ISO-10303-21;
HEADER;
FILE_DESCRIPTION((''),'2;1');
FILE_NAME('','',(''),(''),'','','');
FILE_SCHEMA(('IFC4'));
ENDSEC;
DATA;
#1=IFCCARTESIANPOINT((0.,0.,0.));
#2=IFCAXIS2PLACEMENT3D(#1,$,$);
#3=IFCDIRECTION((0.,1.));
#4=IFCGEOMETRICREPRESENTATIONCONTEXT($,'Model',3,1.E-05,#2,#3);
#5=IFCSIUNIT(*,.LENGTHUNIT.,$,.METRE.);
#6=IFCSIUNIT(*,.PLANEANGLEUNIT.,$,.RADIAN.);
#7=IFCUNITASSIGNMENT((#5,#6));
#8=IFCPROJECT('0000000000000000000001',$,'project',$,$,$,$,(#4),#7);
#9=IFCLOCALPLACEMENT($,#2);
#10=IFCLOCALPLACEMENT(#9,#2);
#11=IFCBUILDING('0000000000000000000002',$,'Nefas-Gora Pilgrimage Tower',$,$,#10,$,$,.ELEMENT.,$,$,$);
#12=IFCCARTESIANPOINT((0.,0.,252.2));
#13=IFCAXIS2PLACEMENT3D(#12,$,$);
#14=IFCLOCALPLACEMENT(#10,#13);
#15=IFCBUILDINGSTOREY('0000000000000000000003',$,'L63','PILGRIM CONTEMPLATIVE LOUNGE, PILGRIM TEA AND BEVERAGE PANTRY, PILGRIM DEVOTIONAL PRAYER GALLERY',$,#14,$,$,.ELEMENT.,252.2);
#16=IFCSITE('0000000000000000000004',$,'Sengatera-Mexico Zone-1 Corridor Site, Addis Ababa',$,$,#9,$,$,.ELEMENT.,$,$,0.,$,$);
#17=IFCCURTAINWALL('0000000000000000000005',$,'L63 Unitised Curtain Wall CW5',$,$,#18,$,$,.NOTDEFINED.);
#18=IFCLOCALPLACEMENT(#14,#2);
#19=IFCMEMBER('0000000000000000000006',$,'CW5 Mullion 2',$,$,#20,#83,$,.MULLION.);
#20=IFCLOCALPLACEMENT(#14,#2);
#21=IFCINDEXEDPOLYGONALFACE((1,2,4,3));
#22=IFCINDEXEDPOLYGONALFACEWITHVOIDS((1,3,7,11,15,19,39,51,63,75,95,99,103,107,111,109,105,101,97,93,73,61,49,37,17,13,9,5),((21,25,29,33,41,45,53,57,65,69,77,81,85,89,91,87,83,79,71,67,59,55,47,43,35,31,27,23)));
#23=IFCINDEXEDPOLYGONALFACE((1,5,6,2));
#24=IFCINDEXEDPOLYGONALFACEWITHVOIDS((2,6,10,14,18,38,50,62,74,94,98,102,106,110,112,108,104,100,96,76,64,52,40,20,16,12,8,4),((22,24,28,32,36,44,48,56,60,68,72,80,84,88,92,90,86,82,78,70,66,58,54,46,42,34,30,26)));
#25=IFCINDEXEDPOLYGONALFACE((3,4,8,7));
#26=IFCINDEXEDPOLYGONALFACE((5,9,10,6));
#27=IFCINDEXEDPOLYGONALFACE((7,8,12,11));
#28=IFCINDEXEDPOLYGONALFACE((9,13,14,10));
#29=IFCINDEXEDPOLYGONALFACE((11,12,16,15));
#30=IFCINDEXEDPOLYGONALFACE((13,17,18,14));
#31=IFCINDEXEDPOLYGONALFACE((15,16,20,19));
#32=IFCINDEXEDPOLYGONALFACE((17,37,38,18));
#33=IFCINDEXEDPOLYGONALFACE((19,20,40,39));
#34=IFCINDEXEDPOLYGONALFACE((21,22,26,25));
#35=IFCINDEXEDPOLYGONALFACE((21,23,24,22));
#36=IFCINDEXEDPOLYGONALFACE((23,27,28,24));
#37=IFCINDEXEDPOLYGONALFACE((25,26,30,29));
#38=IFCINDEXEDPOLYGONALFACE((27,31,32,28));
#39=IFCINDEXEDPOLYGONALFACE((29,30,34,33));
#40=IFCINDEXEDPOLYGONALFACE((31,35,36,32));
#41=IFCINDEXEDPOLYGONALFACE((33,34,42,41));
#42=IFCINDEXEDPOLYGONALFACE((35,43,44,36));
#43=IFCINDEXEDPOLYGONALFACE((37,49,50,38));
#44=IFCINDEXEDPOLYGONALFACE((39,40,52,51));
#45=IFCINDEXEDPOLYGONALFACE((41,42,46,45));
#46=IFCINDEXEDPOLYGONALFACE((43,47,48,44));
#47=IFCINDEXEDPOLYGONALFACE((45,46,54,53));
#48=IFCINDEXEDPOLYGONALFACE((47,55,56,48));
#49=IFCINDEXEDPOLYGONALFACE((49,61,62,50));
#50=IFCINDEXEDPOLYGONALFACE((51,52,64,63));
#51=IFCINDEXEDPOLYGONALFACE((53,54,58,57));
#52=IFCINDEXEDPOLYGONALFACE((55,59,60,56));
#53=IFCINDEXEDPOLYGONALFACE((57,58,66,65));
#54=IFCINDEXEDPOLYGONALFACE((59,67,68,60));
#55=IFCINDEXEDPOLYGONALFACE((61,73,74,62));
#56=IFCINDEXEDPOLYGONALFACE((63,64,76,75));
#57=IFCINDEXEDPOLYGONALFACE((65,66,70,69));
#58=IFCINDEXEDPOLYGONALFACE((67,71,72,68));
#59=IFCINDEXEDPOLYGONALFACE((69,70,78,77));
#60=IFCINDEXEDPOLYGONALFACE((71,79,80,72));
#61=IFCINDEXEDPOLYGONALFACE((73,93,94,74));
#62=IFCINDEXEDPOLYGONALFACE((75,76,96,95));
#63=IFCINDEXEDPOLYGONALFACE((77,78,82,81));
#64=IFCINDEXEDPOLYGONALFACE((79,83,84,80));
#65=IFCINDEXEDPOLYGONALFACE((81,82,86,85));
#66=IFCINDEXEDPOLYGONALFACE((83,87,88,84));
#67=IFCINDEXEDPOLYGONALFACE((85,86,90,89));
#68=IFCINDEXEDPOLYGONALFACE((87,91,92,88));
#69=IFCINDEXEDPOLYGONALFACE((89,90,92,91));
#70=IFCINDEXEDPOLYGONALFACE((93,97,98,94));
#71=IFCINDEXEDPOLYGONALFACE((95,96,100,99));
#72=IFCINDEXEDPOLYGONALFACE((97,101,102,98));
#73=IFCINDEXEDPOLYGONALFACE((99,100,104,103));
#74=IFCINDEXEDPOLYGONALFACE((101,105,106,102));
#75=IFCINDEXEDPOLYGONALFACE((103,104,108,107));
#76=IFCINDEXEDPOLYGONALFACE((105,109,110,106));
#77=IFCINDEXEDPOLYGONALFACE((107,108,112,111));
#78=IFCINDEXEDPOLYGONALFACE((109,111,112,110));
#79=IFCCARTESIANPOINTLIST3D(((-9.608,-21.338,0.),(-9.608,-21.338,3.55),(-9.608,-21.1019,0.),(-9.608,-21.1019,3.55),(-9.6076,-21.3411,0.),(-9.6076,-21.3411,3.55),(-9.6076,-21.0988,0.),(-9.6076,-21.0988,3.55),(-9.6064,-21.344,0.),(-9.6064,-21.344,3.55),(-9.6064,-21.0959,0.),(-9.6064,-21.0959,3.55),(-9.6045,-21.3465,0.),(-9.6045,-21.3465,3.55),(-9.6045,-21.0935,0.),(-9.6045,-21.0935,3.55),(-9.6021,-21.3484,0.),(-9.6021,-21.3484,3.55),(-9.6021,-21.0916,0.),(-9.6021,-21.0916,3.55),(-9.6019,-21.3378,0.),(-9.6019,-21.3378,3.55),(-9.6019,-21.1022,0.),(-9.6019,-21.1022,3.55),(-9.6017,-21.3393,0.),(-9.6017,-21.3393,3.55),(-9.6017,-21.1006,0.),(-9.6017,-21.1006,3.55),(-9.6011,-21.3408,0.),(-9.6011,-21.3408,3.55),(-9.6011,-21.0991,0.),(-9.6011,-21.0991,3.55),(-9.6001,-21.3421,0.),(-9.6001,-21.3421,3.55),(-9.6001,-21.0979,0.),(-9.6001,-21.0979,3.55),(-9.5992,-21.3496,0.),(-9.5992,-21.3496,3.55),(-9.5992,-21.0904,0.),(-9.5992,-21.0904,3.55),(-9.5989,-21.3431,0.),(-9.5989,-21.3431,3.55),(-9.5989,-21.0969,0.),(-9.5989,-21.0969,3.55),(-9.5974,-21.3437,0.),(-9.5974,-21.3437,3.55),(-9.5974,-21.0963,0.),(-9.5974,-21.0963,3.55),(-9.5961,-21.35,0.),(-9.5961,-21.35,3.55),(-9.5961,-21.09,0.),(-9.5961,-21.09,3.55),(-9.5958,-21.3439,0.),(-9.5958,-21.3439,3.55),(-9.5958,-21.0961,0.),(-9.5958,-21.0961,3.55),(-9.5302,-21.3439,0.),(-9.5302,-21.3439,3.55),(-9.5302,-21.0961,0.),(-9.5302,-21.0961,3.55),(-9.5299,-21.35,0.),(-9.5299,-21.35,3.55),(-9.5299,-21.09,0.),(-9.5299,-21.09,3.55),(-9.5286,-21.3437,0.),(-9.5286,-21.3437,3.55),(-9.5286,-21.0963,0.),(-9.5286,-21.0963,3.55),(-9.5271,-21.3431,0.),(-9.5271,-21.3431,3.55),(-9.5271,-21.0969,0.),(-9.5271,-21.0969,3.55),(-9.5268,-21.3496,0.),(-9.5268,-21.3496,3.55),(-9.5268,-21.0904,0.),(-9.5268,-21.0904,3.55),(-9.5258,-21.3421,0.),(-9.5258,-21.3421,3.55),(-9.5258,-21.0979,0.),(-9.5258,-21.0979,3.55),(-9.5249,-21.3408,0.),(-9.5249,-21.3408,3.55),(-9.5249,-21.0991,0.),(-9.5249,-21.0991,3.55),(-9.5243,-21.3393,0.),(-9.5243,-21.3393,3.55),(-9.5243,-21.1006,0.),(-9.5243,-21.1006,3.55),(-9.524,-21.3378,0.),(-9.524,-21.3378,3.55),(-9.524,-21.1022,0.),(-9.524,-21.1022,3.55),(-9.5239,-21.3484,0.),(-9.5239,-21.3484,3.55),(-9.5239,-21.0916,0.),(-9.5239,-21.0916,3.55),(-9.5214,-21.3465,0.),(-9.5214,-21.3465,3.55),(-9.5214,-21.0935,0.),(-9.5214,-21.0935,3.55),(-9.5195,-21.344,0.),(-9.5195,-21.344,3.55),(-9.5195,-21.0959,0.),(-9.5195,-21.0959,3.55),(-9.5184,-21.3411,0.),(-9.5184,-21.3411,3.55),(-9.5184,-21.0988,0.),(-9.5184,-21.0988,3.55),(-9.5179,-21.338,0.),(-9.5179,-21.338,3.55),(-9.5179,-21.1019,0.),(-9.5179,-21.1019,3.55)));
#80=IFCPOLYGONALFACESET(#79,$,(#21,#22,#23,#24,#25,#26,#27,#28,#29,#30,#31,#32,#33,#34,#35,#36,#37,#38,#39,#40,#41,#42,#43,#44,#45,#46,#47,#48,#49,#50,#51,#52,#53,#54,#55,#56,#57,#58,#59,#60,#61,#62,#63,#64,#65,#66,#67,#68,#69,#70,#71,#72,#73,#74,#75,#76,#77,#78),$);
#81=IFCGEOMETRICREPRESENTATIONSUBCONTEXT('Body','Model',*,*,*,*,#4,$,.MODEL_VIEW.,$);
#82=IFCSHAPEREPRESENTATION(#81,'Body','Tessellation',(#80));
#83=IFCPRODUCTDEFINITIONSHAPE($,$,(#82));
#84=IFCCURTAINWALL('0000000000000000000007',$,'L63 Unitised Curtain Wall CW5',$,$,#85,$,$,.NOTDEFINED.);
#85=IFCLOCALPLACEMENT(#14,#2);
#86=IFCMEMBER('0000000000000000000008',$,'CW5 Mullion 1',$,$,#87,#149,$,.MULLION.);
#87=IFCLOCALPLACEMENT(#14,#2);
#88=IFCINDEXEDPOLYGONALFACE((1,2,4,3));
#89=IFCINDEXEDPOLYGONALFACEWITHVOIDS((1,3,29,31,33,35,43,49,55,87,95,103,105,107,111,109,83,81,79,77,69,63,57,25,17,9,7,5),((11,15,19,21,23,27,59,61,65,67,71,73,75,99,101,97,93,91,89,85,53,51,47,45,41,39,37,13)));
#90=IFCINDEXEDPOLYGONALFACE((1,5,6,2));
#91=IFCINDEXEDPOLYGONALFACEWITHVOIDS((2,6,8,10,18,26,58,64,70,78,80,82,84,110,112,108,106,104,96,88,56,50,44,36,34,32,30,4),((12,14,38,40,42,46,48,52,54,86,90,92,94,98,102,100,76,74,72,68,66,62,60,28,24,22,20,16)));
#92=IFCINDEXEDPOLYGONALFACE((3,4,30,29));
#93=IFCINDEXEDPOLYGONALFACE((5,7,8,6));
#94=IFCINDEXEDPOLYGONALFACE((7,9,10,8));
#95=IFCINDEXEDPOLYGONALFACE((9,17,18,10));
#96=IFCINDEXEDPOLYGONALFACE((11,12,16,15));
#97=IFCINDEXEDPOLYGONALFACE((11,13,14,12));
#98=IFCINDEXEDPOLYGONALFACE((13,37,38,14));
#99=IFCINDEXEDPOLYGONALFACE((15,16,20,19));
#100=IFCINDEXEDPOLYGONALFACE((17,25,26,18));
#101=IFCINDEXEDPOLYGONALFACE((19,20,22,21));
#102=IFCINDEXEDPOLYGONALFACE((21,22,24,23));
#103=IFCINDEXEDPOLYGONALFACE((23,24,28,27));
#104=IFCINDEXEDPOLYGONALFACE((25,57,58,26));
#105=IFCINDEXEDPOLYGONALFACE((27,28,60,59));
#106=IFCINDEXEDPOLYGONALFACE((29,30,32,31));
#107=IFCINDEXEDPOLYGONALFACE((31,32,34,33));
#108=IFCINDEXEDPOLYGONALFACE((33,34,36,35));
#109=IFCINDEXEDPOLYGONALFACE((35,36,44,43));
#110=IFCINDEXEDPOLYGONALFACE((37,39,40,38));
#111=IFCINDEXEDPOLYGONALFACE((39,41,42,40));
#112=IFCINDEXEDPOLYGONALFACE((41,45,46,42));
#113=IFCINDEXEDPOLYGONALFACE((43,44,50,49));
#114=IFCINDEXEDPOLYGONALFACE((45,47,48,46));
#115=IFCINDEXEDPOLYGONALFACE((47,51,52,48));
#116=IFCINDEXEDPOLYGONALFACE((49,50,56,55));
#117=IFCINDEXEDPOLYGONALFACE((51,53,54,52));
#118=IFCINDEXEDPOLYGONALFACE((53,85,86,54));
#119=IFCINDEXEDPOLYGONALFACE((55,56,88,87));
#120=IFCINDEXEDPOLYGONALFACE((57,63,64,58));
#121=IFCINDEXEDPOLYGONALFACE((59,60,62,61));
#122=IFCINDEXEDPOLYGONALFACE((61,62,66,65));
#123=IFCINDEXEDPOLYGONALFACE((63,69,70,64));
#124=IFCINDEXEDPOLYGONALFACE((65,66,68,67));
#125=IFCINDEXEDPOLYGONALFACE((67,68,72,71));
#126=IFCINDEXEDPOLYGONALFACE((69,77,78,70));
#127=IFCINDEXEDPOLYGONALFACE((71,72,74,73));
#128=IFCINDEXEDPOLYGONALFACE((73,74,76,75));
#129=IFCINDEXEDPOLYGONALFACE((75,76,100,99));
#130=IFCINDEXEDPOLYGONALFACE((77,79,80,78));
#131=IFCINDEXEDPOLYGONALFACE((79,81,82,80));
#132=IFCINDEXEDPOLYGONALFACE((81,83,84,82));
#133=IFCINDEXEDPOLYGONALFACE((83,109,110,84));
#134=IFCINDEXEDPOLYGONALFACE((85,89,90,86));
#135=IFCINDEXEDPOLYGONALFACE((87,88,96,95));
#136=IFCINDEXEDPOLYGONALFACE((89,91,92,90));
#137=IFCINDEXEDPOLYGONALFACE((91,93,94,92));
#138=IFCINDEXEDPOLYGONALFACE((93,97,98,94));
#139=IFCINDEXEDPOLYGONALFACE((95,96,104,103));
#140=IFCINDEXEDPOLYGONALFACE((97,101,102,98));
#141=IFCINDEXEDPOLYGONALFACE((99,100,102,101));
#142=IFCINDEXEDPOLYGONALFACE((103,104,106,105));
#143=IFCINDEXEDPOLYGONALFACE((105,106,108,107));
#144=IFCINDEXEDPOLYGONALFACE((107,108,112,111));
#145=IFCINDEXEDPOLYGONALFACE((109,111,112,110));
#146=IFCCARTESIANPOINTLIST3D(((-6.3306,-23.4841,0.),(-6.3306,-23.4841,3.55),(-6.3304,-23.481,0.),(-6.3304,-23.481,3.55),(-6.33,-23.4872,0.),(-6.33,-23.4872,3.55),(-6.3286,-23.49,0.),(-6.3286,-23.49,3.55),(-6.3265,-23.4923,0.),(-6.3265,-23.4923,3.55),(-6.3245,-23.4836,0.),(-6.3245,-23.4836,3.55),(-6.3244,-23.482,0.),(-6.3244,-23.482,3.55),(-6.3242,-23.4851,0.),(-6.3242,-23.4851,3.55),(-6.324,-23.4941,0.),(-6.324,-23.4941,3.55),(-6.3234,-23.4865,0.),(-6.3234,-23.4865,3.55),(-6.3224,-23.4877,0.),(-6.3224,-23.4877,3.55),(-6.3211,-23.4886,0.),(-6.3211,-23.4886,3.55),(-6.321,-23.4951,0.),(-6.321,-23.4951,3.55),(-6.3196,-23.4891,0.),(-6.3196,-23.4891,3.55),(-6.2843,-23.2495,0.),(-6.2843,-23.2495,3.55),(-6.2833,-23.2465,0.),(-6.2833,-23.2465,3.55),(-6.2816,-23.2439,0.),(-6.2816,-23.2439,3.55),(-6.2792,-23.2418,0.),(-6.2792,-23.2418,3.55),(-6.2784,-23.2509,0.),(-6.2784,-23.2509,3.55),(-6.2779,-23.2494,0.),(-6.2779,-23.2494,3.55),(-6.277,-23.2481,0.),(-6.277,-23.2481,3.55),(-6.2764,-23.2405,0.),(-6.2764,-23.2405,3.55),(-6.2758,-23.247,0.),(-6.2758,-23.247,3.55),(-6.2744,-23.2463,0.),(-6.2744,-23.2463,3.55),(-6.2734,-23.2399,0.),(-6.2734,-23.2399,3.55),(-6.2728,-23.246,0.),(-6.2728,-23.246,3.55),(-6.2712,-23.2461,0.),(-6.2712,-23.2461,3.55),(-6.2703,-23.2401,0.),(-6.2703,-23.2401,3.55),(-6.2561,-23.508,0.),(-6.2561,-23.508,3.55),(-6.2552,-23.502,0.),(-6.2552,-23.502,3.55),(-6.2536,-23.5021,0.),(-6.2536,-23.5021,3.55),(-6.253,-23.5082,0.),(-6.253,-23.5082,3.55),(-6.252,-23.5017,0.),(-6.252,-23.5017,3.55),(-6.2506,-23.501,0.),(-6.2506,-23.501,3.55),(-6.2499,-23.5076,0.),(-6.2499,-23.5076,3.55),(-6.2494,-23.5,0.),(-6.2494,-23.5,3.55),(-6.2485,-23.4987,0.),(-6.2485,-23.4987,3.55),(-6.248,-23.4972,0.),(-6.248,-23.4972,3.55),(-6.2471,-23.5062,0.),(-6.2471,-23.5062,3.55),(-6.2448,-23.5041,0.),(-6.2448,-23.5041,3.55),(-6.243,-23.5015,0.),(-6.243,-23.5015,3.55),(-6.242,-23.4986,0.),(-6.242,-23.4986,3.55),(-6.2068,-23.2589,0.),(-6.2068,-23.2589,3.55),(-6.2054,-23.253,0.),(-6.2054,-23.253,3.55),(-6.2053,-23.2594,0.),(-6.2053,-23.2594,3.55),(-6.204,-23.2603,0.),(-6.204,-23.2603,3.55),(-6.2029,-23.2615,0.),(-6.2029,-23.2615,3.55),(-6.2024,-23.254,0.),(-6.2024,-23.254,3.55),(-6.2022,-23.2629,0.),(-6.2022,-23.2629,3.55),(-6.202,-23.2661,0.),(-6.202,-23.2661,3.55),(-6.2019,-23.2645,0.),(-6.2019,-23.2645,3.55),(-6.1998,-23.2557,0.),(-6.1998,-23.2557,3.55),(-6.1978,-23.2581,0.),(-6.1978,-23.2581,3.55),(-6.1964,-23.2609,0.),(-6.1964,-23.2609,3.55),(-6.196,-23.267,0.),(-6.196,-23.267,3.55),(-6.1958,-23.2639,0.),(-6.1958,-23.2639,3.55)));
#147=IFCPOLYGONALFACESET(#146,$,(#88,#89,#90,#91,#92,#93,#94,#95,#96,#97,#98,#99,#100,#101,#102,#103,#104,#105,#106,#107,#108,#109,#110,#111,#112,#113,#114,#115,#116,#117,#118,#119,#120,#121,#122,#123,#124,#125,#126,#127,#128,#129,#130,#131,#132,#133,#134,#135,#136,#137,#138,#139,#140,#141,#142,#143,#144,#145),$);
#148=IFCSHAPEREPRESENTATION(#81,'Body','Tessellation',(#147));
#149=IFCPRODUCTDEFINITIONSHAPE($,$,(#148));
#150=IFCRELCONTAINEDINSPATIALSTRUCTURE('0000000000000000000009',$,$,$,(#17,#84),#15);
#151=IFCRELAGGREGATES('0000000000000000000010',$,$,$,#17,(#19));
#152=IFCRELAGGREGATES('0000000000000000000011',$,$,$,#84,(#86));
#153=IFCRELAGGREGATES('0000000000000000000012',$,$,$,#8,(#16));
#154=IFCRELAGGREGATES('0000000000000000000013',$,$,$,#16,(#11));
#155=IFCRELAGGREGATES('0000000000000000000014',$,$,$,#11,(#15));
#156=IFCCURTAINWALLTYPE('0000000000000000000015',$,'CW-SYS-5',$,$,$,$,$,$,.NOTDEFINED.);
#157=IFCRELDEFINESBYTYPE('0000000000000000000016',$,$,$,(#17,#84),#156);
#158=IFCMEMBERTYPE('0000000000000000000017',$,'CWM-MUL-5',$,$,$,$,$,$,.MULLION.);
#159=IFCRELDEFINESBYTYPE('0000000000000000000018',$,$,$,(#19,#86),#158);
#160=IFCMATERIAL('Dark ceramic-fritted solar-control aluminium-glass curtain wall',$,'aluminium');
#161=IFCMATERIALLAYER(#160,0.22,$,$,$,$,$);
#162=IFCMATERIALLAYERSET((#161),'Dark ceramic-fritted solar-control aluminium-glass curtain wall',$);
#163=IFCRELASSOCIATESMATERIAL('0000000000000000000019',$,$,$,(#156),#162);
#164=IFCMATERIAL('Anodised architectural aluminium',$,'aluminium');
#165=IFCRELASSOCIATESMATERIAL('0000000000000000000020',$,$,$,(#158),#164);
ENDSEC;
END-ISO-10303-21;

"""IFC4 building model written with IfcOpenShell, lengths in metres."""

from ifc_helpers import new_model, si_unit, direction, frame, origin, origin_2d, place, context, subcontext, project, spatial, hollow_rectangle, extrude, source, transform, mapped, material, layer, layer_set, material_profile, profile_set, type_object, element, aggregate, save


model = new_model("IFC4")

# Units and contexts
model_context = context("Model", 3, precision=1e-05, world=origin(), true_north=direction((0.0, 1.0)))
body_context = subcontext(model_context, "Body", "Model", "MODEL_VIEW")
ifc_project = project(units=[si_unit("LENGTHUNIT", "METRE"), si_unit("PLANEANGLEUNIT", "RADIAN")], contexts=[model_context])

# Site, building, storey
site_placement = place(None, origin())
site = spatial("IfcSite", under=ifc_project, at=site_placement, Name="Sengatera-Mexico Zone-1 Corridor Site, Addis Ababa", CompositionType="ELEMENT", RefElevation=0.0)
building_placement = place(site_placement, origin())
building = spatial("IfcBuilding", under=site, at=building_placement, Name="Nefas-Gora Pilgrimage Tower", CompositionType="ELEMENT")
storey_placement = place(building_placement, frame((0.0, 0.0, 252.2)))
storey = spatial("IfcBuildingStorey", under=building, at=storey_placement, Name="L63", Description="PILGRIM CONTEMPLATIVE LOUNGE, PILGRIM TEA AND BEVERAGE PANTRY, PILGRIM DEVOTIONAL PRAYER GALLERY", CompositionType="ELEMENT", Elevation=252.2)

# Curtain wall, member
ifc_material_1 = material(Name="Dark ceramic-fritted solar-control aluminium-glass curtain wall", Category="aluminium")
ifc_layer_1 = layer(ifc_material_1, 0.22)
ifc_layer_set_1 = layer_set([ifc_layer_1], Name="Dark ceramic-fritted solar-control aluminium-glass curtain wall")
curtain_wall_type = type_object("IfcCurtainWallType", Name="CW-SYS-5", PredefinedType="NOTDEFINED", material=ifc_layer_set_1)
curtain_wall_1_placement = place(storey_placement, origin())
curtain_wall_1 = element("IfcCurtainWall", 1, at=curtain_wall_1_placement, inside=storey, type_object=curtain_wall_type, Name="L63 Unitised Curtain Wall CW5", PredefinedType="NOTDEFINED")
ifc_material_2 = material(Name="Anodised architectural aluminium", Category="aluminium")
ifc_material_profile_1 = material_profile(ifc_material_2, hollow_rectangle(XDim=0.0901, YDim=0.26, WallThickness=0.0061, InnerFilletRadius=0.0061, OuterFilletRadius=0.012, at=origin_2d()), Name="ALU MULLION 90x260")
ifc_profile_set_1 = profile_set([ifc_material_profile_1], Name="Anodised architectural aluminium")
member_type_1 = type_object("IfcMemberType", Name="CWM-MUL-5", PredefinedType="MULLION", material=ifc_profile_set_1)
shared_shape_1 = source(origin(), body_context, "Body", "SweptSolid", [
    extrude(hollow_rectangle(XDim=0.0901, YDim=0.26, WallThickness=0.0061, InnerFilletRadius=0.0061, OuterFilletRadius=0.012, at=origin_2d()), origin(), (0.0, 0.0, 1.0), 3.55),
])
member_1_placement = place(storey_placement, frame((-9.563, -21.22, 0.0), z_axis=(0.0, 0.0, 1.0), x_axis=(1.0, 0.0, 0.0)))
member_1 = element("IfcMember", 2, at=member_1_placement, type_object=member_type_1, Name="CW5 Mullion 2", PredefinedType="MULLION", context=body_context, shape_type="MappedRepresentation", body=[
    mapped(shared_shape_1, transform((0.0, 0.0, 0.0), x_axis=(1.0, 0.0, 0.0), y_axis=(0.0, 1.0, 0.0), z_axis=(0.0, 0.0, 1.0), scale=1.0)),
])
aggregate(curtain_wall_1, [member_1])

# Curtain wall, member
curtain_wall_2_placement = place(storey_placement, origin())
curtain_wall_2 = element("IfcCurtainWall", 3, at=curtain_wall_2_placement, inside=storey, type_object=curtain_wall_type, Name="L63 Unitised Curtain Wall CW5", PredefinedType="NOTDEFINED")
member_2_placement = place(storey_placement, frame((-6.2632, -23.374, 0.0), z_axis=(0.0, 0.0, 1.0), x_axis=(0.980783, -0.195102, 0.0)))
member_2 = element("IfcMember", 4, at=member_2_placement, type_object=member_type_1, Name="CW5 Mullion 1", PredefinedType="MULLION", context=body_context, shape_type="MappedRepresentation", body=[
    mapped(shared_shape_1, transform((0.0, 0.0, 0.0), x_axis=(1.0, 0.0, 0.0), y_axis=(0.0, 1.0, 0.0), z_axis=(0.0, 0.0, 1.0), scale=1.0)),
])

aggregate(curtain_wall_2, [member_2])

save(model, "model.ifc")
